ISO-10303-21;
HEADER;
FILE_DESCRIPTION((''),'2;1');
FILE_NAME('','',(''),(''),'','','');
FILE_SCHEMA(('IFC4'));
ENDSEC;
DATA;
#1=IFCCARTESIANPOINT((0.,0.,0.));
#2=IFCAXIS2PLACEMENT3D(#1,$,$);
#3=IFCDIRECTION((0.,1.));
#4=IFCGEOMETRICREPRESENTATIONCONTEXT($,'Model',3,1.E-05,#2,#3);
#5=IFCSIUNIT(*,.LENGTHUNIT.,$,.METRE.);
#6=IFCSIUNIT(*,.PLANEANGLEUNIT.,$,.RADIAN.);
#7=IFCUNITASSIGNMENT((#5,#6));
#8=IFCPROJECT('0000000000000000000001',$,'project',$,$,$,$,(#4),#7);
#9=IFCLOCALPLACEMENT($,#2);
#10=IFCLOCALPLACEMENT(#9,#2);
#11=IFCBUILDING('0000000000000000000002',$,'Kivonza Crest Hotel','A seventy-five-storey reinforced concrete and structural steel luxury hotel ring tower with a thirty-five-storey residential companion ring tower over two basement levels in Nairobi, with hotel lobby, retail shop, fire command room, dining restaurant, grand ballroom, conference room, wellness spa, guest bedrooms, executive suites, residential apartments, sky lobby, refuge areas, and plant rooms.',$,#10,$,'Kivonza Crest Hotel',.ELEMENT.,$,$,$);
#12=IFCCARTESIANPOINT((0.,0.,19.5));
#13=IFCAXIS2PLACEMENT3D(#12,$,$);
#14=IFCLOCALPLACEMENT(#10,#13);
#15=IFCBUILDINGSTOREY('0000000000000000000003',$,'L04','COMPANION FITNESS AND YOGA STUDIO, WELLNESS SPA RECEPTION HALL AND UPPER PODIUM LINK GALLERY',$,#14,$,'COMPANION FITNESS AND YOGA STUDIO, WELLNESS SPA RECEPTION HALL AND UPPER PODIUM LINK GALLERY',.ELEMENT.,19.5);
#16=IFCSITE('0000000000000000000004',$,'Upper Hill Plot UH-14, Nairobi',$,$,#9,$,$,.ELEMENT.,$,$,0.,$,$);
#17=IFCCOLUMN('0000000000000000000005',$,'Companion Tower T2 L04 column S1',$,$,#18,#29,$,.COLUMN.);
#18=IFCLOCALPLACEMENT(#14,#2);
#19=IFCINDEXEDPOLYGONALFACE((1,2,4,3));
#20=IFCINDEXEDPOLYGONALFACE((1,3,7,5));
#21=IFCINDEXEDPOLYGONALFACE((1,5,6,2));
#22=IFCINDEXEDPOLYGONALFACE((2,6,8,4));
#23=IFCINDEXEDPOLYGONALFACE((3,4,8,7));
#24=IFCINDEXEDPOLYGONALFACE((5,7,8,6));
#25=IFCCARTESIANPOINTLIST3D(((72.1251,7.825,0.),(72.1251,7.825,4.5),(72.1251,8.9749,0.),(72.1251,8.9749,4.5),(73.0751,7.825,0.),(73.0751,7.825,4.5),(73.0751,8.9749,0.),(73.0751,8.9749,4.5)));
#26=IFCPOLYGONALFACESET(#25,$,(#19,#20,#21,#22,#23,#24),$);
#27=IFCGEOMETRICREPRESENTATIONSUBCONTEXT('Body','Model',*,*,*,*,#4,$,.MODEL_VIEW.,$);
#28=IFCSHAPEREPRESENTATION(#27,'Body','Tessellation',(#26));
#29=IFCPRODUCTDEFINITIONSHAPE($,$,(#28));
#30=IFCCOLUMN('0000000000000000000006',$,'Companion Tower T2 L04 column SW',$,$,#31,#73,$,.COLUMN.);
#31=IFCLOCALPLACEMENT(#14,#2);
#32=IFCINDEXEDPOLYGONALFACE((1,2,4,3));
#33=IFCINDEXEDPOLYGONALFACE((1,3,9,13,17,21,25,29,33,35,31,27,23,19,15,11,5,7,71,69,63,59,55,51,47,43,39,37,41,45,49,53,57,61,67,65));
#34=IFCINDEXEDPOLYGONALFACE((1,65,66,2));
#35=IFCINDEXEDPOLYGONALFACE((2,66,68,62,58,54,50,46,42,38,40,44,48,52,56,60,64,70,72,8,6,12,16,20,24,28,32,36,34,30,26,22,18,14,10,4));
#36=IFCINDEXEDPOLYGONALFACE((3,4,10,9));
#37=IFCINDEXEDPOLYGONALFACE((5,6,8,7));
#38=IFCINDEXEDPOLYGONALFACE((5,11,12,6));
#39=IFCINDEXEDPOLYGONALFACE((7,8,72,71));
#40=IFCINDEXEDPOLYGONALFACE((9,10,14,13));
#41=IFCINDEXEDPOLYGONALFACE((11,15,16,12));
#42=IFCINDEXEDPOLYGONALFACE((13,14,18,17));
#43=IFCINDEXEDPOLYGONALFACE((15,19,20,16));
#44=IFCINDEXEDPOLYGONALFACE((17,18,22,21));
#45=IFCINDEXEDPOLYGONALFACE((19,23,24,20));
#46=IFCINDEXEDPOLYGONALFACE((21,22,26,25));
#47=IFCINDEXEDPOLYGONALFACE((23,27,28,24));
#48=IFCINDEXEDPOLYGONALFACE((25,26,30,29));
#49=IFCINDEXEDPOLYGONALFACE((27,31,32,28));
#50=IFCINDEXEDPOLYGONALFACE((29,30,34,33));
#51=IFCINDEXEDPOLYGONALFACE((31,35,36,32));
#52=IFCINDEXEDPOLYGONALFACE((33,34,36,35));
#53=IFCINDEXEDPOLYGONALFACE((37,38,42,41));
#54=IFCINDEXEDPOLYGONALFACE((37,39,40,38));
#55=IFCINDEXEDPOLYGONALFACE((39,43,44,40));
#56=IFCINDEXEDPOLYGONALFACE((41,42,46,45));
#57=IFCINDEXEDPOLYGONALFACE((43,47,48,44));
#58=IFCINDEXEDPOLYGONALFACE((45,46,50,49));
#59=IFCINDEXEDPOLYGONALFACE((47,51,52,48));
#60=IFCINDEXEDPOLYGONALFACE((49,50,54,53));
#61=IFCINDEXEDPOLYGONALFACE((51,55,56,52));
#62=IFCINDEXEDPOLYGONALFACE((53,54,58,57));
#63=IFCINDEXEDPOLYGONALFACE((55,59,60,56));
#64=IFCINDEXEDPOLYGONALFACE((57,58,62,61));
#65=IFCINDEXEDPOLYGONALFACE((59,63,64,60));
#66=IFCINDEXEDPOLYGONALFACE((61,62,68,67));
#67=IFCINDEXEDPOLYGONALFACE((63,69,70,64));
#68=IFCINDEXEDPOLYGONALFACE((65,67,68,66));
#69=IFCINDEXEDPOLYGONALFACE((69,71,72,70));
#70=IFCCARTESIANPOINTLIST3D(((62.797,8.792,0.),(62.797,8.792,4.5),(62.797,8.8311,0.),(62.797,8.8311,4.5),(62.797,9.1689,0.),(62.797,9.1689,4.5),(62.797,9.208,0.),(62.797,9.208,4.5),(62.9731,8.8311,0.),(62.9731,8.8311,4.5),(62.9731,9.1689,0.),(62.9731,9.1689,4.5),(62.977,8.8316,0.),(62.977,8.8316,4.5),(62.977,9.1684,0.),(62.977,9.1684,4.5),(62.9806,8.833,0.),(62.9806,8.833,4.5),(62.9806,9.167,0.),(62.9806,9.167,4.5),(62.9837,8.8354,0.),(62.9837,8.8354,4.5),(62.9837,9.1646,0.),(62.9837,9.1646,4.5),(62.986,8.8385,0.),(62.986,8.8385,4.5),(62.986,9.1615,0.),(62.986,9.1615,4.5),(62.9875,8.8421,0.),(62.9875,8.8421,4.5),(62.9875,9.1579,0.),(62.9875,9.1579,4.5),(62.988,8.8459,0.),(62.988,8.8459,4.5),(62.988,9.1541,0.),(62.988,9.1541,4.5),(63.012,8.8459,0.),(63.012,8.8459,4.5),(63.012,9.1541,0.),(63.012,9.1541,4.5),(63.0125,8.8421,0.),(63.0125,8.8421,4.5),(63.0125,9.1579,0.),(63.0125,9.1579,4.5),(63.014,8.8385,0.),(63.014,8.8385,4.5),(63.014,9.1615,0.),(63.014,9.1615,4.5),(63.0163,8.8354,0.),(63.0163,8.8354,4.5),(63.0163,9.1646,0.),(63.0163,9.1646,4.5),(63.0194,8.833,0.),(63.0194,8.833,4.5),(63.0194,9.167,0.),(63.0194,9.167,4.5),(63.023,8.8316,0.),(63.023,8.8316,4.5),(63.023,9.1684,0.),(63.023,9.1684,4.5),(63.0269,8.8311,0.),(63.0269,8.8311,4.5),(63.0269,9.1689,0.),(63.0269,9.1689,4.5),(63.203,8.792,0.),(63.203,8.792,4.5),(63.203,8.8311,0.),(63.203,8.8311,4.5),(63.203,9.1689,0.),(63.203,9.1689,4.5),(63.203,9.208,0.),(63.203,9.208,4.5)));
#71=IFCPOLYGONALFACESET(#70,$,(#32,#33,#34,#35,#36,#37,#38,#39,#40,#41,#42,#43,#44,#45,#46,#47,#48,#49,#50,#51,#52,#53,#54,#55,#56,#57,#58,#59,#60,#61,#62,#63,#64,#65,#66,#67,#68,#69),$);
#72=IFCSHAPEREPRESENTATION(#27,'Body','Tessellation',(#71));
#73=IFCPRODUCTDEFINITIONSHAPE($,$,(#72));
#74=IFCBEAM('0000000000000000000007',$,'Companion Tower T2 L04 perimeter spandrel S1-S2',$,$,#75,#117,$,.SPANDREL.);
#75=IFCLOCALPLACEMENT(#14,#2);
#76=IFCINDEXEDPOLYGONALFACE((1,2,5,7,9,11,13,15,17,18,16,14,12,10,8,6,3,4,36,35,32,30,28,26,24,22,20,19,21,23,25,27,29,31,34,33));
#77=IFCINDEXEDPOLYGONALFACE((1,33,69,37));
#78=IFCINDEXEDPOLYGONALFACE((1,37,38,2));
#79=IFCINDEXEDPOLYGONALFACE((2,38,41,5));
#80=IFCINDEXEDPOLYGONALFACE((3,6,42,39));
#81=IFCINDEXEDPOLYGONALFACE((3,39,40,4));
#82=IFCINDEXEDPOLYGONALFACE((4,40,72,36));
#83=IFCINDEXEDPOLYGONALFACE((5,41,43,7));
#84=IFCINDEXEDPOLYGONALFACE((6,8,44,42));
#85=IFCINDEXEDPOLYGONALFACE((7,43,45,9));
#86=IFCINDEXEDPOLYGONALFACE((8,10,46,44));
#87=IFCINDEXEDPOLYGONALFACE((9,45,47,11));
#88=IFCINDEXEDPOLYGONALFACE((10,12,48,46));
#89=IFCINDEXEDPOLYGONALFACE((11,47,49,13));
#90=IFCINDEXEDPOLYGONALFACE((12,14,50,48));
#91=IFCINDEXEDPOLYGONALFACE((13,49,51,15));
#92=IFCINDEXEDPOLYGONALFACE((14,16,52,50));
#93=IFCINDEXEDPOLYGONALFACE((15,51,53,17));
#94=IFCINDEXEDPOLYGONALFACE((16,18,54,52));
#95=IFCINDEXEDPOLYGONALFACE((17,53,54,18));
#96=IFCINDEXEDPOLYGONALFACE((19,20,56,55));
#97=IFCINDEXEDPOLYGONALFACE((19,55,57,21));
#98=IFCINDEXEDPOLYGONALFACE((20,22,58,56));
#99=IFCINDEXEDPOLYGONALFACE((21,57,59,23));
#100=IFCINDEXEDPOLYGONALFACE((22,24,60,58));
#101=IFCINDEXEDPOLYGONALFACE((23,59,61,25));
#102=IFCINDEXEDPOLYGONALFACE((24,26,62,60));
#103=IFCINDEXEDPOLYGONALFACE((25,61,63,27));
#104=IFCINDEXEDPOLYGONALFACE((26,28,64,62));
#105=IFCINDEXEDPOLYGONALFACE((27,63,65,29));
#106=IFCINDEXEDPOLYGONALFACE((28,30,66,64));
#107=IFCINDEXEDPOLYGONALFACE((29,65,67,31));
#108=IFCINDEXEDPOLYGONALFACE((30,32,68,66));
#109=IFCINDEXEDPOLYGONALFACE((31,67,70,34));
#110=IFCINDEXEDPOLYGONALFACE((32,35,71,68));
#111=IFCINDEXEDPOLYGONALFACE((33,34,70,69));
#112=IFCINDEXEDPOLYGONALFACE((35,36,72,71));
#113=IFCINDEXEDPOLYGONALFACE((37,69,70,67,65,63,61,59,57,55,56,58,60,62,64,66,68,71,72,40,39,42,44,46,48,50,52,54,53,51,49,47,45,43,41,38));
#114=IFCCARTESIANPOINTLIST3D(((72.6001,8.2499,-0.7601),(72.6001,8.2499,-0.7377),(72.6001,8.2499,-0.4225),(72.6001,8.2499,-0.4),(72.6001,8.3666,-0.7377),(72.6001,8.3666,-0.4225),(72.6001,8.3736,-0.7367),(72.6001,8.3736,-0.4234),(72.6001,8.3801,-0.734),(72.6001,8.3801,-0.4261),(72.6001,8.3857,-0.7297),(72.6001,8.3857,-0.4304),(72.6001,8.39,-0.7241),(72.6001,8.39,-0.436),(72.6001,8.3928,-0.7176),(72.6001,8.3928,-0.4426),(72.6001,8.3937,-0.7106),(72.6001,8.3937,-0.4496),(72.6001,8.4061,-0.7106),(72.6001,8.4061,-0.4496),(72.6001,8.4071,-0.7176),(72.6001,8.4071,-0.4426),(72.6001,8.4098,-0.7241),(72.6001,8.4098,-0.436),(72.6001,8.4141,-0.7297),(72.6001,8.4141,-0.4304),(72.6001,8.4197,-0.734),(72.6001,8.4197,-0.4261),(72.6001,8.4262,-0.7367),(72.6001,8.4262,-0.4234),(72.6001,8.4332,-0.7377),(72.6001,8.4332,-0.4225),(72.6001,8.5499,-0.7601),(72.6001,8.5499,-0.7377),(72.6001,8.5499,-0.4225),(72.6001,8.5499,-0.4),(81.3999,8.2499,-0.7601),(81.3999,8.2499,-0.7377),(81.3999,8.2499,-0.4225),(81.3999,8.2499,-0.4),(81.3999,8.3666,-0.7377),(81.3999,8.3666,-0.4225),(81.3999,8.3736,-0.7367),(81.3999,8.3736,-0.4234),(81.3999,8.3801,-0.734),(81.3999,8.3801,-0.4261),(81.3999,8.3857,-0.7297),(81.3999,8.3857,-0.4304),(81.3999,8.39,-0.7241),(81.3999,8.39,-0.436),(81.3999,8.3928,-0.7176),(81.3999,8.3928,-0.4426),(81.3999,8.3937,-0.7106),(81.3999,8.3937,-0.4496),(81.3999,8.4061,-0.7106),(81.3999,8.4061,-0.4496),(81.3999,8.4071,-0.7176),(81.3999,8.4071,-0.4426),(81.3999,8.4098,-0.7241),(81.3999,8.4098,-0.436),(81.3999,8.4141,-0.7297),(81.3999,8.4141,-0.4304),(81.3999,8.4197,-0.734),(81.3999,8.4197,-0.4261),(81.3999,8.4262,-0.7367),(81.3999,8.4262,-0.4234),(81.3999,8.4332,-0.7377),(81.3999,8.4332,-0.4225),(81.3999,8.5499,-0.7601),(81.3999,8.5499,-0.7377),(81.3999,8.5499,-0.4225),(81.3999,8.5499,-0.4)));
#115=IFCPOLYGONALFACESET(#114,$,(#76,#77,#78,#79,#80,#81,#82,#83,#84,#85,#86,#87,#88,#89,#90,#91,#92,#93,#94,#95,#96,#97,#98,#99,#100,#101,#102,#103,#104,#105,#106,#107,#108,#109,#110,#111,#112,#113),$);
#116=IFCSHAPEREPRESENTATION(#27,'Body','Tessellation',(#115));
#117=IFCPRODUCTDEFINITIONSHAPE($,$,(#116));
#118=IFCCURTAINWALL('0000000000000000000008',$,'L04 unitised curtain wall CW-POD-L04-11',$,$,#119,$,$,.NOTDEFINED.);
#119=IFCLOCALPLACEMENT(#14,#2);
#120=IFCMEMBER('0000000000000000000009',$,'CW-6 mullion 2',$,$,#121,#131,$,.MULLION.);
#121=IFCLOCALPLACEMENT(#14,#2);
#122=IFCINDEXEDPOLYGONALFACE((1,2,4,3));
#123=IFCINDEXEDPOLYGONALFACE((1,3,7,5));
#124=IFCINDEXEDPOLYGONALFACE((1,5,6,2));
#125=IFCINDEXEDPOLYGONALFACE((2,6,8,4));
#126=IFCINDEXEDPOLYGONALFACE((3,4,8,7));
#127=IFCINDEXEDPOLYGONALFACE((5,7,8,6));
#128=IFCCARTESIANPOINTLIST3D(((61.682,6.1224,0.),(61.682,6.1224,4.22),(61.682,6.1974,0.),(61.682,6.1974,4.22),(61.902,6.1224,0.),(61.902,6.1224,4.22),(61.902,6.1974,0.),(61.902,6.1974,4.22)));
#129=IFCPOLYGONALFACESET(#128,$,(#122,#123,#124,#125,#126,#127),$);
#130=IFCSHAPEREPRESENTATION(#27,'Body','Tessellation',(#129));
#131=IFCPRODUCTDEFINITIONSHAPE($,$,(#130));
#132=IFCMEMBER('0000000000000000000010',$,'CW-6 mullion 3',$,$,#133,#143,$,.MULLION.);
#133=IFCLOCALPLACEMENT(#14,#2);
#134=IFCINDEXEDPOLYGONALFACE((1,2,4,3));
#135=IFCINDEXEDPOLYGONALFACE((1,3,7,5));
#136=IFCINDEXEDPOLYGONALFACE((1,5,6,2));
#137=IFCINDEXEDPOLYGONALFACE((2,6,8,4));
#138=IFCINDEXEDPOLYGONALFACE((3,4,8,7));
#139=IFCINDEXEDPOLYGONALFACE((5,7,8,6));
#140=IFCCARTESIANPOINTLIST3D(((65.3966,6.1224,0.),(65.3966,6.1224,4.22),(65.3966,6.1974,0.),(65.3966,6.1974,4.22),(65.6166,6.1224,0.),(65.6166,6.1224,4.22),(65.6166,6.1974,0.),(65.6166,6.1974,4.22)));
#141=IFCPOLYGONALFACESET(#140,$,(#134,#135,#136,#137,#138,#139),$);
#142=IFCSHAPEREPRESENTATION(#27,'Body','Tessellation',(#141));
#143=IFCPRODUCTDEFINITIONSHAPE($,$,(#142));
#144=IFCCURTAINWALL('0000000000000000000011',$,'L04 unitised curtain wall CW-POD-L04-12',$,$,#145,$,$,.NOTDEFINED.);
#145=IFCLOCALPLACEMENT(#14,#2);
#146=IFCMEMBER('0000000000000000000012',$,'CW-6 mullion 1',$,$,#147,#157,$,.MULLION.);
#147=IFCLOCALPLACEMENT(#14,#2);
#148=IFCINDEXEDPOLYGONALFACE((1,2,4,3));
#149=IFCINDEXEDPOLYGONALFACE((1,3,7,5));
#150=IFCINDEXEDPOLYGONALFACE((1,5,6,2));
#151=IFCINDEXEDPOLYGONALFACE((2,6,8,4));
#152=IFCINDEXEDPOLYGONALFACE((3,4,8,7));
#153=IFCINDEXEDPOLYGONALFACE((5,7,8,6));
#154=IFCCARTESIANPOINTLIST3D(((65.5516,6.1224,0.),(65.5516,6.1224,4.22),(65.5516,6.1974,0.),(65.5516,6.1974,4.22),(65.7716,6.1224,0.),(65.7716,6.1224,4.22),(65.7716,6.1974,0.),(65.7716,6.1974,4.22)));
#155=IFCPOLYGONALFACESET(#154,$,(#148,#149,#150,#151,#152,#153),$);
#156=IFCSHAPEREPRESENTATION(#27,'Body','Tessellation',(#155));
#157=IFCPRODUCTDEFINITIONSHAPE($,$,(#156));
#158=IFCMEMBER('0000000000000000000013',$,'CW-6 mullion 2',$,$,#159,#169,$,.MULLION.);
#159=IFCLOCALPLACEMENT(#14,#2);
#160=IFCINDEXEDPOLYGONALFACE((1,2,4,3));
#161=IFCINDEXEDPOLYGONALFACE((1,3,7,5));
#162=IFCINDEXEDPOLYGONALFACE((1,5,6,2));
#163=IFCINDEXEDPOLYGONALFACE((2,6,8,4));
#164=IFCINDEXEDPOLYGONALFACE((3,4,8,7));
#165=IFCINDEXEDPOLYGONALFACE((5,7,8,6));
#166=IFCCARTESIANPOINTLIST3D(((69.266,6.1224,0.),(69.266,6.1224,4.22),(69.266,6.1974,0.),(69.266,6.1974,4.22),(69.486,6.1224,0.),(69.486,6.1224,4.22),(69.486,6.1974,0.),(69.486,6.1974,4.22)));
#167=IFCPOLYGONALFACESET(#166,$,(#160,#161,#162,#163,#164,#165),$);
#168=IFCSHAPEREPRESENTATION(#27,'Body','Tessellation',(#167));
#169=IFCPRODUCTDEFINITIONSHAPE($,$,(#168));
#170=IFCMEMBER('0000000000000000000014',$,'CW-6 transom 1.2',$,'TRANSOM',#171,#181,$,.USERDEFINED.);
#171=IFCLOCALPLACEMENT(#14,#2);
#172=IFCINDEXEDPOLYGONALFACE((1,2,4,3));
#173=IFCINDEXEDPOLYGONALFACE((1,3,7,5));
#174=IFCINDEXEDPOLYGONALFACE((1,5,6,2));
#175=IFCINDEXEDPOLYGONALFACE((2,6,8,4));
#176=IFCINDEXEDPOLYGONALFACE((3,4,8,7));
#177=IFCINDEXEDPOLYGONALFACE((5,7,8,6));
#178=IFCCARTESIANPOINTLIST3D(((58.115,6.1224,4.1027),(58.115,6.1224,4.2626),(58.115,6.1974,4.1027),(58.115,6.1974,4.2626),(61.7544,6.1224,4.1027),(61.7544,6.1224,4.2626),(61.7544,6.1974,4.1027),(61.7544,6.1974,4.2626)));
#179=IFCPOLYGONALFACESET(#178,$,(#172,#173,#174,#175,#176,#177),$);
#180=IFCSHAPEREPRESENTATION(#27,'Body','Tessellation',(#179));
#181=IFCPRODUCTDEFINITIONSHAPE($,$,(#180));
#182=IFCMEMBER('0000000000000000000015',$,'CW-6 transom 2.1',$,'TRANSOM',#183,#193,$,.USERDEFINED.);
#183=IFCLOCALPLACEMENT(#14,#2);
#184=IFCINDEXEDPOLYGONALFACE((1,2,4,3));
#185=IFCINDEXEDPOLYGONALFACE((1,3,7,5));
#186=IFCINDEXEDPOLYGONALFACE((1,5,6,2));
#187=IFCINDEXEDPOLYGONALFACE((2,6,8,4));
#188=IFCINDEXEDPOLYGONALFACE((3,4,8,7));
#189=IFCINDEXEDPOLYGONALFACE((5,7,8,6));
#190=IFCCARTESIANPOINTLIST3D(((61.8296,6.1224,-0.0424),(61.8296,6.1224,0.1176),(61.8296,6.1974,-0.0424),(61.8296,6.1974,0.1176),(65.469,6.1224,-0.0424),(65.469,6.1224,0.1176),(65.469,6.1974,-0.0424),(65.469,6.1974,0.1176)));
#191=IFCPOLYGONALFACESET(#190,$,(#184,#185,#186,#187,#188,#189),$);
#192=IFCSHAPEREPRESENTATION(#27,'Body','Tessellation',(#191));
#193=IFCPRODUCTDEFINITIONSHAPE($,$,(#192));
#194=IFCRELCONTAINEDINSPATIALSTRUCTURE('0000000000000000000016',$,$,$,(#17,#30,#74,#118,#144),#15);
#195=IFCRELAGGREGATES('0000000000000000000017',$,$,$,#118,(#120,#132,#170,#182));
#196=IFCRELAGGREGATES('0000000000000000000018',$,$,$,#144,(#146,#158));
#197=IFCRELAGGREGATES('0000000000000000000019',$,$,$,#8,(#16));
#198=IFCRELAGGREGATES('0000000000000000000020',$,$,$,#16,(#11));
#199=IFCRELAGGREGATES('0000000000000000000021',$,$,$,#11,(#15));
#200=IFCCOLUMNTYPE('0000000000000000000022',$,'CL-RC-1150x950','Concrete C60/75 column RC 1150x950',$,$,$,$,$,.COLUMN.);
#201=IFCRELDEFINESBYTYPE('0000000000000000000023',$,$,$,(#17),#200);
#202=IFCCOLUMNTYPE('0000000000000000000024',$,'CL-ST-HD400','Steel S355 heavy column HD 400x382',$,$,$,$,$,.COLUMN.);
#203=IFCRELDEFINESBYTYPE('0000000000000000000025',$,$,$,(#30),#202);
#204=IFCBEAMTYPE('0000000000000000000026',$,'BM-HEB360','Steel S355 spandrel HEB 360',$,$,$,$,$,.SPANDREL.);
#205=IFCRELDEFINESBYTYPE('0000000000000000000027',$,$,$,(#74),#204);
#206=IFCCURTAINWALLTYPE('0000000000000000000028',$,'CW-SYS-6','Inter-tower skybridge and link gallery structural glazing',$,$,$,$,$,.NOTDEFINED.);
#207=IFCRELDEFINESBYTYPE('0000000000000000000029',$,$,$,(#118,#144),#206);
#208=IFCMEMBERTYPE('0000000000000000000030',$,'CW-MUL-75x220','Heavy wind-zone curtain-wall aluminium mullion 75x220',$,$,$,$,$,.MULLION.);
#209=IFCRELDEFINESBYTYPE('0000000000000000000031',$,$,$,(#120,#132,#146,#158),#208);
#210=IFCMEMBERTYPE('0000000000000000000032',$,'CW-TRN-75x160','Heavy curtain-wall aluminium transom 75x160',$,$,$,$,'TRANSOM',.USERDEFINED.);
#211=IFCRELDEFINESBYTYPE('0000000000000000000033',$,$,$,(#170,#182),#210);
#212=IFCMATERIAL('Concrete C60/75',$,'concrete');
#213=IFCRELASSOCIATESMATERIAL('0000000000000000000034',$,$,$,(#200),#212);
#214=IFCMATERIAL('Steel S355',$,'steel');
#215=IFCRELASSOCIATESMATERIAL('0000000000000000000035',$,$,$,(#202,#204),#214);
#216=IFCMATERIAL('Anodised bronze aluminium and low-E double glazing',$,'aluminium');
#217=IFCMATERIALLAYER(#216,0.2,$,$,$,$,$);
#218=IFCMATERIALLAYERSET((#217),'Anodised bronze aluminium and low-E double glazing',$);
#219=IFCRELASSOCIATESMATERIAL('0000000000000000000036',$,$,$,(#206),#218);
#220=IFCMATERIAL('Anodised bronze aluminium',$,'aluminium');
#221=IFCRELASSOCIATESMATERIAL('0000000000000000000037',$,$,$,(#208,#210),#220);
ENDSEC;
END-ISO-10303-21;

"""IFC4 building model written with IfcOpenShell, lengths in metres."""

from ifc_helpers import new_model, si_unit, direction, frame, origin, origin_2d, place, context, subcontext, project, spatial, rectangle, i_section, extrude, material, layer, layer_set, material_profile, profile_set, type_object, element, aggregate, save


model = new_model("IFC4")

# Units and contexts
model_context = context("Model", 3, precision=1e-05, world=origin(), true_north=direction((0.0, 1.0)))
body_context = subcontext(model_context, "Body", "Model", "MODEL_VIEW")
ifc_project = project(units=[si_unit("LENGTHUNIT", "METRE"), si_unit("PLANEANGLEUNIT", "RADIAN")], contexts=[model_context])

# Site, building, storey
site_placement = place(None, origin())
site = spatial("IfcSite", under=ifc_project, at=site_placement, Name="Upper Hill Plot UH-14, Nairobi", CompositionType="ELEMENT", RefElevation=0.0)
building_placement = place(site_placement, origin())
building = spatial("IfcBuilding", under=site, at=building_placement, Name="Kivonza Crest Hotel", Description="A seventy-five-storey reinforced concrete and structural steel luxury hotel ring tower with a thirty-five-storey residential companion ring tower over two basement levels in Nairobi, with hotel lobby, retail shop, fire command room, dining restaurant, grand ballroom, conference room, wellness spa, guest bedrooms, executive suites, residential apartments, sky lobby, refuge areas, and plant rooms.", LongName="Kivonza Crest Hotel", CompositionType="ELEMENT")
storey_placement = place(building_placement, frame((0.0, 0.0, 19.5)))
storey = spatial("IfcBuildingStorey", under=building, at=storey_placement, Name="L04", Description="COMPANION FITNESS AND YOGA STUDIO, WELLNESS SPA RECEPTION HALL AND UPPER PODIUM LINK GALLERY", LongName="COMPANION FITNESS AND YOGA STUDIO, WELLNESS SPA RECEPTION HALL AND UPPER PODIUM LINK GALLERY", CompositionType="ELEMENT", Elevation=19.5)

# Columns
ifc_material_1 = material(Name="Concrete C60/75", Category="concrete")
ifc_material_profile_1 = material_profile(ifc_material_1, rectangle(XDim=0.95, YDim=1.1499, at=origin_2d()), Name="RC 1150x950")
ifc_profile_set_1 = profile_set([ifc_material_profile_1], Name="Concrete C60/75")
column_type_1 = type_object("IfcColumnType", Name="CL-RC-1150x950", Description="Concrete C60/75 column RC 1150x950", PredefinedType="COLUMN", material=ifc_profile_set_1)
column_1_placement = place(storey_placement, frame((72.6001, 8.3999, 0.0), z_axis=(0.0, 0.0, 1.0), x_axis=(1.0, 0.0, 0.0)))
element("IfcColumn", 1, at=column_1_placement, inside=storey, type_object=column_type_1, Name="Companion Tower T2 L04 column S1", PredefinedType="COLUMN", context=body_context, shape_type="SweptSolid", body=[
    extrude(rectangle(XDim=0.95, YDim=1.1499, at=origin_2d()), origin(), (0.0, 0.0, 1.0), 4.5),
])
ifc_material_2 = material(Name="Steel S355", Category="steel")
ifc_material_profile_2 = material_profile(ifc_material_2, i_section(OverallWidth=0.406, OverallDepth=0.416, WebThickness=0.0239, FlangeThickness=0.0391, FilletRadius=0.0149, at=origin_2d()), Name="HD 400x382")
ifc_profile_set_2 = profile_set([ifc_material_profile_2], Name="Steel S355")
column_type_2 = type_object("IfcColumnType", Name="CL-ST-HD400", Description="Steel S355 heavy column HD 400x382", PredefinedType="COLUMN", material=ifc_profile_set_2)
column_2_placement = place(storey_placement, frame((63.0, 9.0, 0.0), z_axis=(0.0, 0.0, 1.0), x_axis=(1.0, 0.0, 0.0)))
element("IfcColumn", 2, at=column_2_placement, inside=storey, type_object=column_type_2, Name="Companion Tower T2 L04 column SW", PredefinedType="COLUMN", context=body_context, shape_type="SweptSolid", body=[
    extrude(i_section(OverallWidth=0.406, OverallDepth=0.416, WebThickness=0.0239, FlangeThickness=0.0391, FilletRadius=0.0149, at=origin_2d()), origin(), (0.0, 0.0, 1.0), 4.5),
])

# Beam
ifc_material_profile_3 = material_profile(ifc_material_2, i_section(OverallWidth=0.3, OverallDepth=0.3601, WebThickness=0.0125, FlangeThickness=0.0225, FilletRadius=0.0271, at=origin_2d()), Name="HEB 360")
ifc_profile_set_3 = profile_set([ifc_material_profile_3], Name="Steel S355")
beam_type = type_object("IfcBeamType", Name="BM-HEB360", Description="Steel S355 spandrel HEB 360", PredefinedType="SPANDREL", material=ifc_profile_set_3)
beam_placement = place(storey_placement, frame((72.6001, 8.3999, -0.5801), z_axis=(1.0, 0.0, 0.0), x_axis=(0.0, 1.0, 0.0)))
element("IfcBeam", 3, at=beam_placement, inside=storey, type_object=beam_type, Name="Companion Tower T2 L04 perimeter spandrel S1-S2", PredefinedType="SPANDREL", context=body_context, shape_type="SweptSolid", body=[
    extrude(i_section(OverallWidth=0.3, OverallDepth=0.3601, WebThickness=0.0125, FlangeThickness=0.0225, FilletRadius=0.0271, at=origin_2d()), origin(), (0.0, 0.0, 1.0), 8.7998),
])

# Curtain walls, members
ifc_material_3 = material(Name="Anodised bronze aluminium and low-E double glazing", Category="aluminium")
ifc_layer_1 = layer(ifc_material_3, 0.2)
ifc_layer_set_1 = layer_set([ifc_layer_1], Name="Anodised bronze aluminium and low-E double glazing")
curtain_wall_type = type_object("IfcCurtainWallType", Name="CW-SYS-6", Description="Inter-tower skybridge and link gallery structural glazing", PredefinedType="NOTDEFINED", material=ifc_layer_set_1)
curtain_wall_1_placement = place(storey_placement, origin())
curtain_wall_1 = element("IfcCurtainWall", 4, at=curtain_wall_1_placement, inside=storey, type_object=curtain_wall_type, Name="L04 unitised curtain wall CW-POD-L04-11", PredefinedType="NOTDEFINED")
ifc_material_4 = material(Name="Anodised bronze aluminium", Category="aluminium")
ifc_material_profile_4 = material_profile(ifc_material_4, rectangle(XDim=0.075, YDim=0.22, at=origin_2d()), Name="CW-M 75x220")
ifc_profile_set_4 = profile_set([ifc_material_profile_4], Name="Anodised bronze aluminium")
member_type_1 = type_object("IfcMemberType", Name="CW-MUL-75x220", Description="Heavy wind-zone curtain-wall aluminium mullion 75x220", PredefinedType="MULLION", material=ifc_profile_set_4)
member_1_placement = place(storey_placement, frame((61.792, 6.1599, 0.0), z_axis=(0.0, 0.0, 1.0), x_axis=(0.0, 1.0, 0.0)))
member_1 = element("IfcMember", 5, at=member_1_placement, type_object=member_type_1, Name="CW-6 mullion 2", PredefinedType="MULLION", context=body_context, shape_type="SweptSolid", body=[
    extrude(rectangle(XDim=0.075, YDim=0.22, at=origin_2d()), origin(), (0.0, 0.0, 1.0), 4.22),
])
member_2_placement = place(storey_placement, frame((65.5066, 6.1599, 0.0), z_axis=(0.0, 0.0, 1.0), x_axis=(0.0, 1.0, 0.0)))
member_2 = element("IfcMember", 6, at=member_2_placement, type_object=member_type_1, Name="CW-6 mullion 3", PredefinedType="MULLION", context=body_context, shape_type="SweptSolid", body=[
    extrude(rectangle(XDim=0.075, YDim=0.22, at=origin_2d()), origin(), (0.0, 0.0, 1.0), 4.22),
])
curtain_wall_2_placement = place(storey_placement, origin())
curtain_wall_2 = element("IfcCurtainWall", 7, at=curtain_wall_2_placement, inside=storey, type_object=curtain_wall_type, Name="L04 unitised curtain wall CW-POD-L04-12", PredefinedType="NOTDEFINED")
member_3_placement = place(storey_placement, frame((65.6616, 6.1599, 0.0), z_axis=(0.0, 0.0, 1.0), x_axis=(0.0, 1.0, 0.0)))
member_3 = element("IfcMember", 8, at=member_3_placement, type_object=member_type_1, Name="CW-6 mullion 1", PredefinedType="MULLION", context=body_context, shape_type="SweptSolid", body=[
    extrude(rectangle(XDim=0.075, YDim=0.22, at=origin_2d()), origin(), (0.0, 0.0, 1.0), 4.22),
])
member_4_placement = place(storey_placement, frame((69.376, 6.1599, 0.0), z_axis=(0.0, 0.0, 1.0), x_axis=(0.0, 1.0, 0.0)))
member_4 = element("IfcMember", 9, at=member_4_placement, type_object=member_type_1, Name="CW-6 mullion 2", PredefinedType="MULLION", context=body_context, shape_type="SweptSolid", body=[
    extrude(rectangle(XDim=0.075, YDim=0.22, at=origin_2d()), origin(), (0.0, 0.0, 1.0), 4.22),
])

# Members
ifc_material_profile_5 = material_profile(ifc_material_4, rectangle(XDim=0.075, YDim=0.1599, at=origin_2d()), Name="CW-T 75x160")
ifc_profile_set_5 = profile_set([ifc_material_profile_5], Name="Anodised bronze aluminium")
member_type_2 = type_object("IfcMemberType", Name="CW-TRN-75x160", Description="Heavy curtain-wall aluminium transom 75x160", ElementType="TRANSOM", PredefinedType="USERDEFINED", material=ifc_profile_set_5)
member_5_placement = place(storey_placement, frame((58.115, 6.1599, 4.1826), z_axis=(1.0, 0.0, 0.0), x_axis=(0.0, 1.0, 0.0)))
member_5 = element("IfcMember", 10, at=member_5_placement, type_object=member_type_2, Name="CW-6 transom 1.2", ObjectType="TRANSOM", PredefinedType="USERDEFINED", context=body_context, shape_type="SweptSolid", body=[
    extrude(rectangle(XDim=0.075, YDim=0.1599, at=origin_2d()), origin(), (0.0, 0.0, 1.0), 3.6394),
])
member_6_placement = place(storey_placement, frame((61.8296, 6.1599, 0.0376), z_axis=(1.0, 0.0, 0.0), x_axis=(0.0, 1.0, 0.0)))
member_6 = element("IfcMember", 11, at=member_6_placement, type_object=member_type_2, Name="CW-6 transom 2.1", ObjectType="TRANSOM", PredefinedType="USERDEFINED", context=body_context, shape_type="SweptSolid", body=[
    extrude(rectangle(XDim=0.075, YDim=0.1599, at=origin_2d()), origin(), (0.0, 0.0, 1.0), 3.6394),
])

aggregate(curtain_wall_1, [member_1, member_2, member_5, member_6])
aggregate(curtain_wall_2, [member_3, member_4])

save(model, "model.ifc")
